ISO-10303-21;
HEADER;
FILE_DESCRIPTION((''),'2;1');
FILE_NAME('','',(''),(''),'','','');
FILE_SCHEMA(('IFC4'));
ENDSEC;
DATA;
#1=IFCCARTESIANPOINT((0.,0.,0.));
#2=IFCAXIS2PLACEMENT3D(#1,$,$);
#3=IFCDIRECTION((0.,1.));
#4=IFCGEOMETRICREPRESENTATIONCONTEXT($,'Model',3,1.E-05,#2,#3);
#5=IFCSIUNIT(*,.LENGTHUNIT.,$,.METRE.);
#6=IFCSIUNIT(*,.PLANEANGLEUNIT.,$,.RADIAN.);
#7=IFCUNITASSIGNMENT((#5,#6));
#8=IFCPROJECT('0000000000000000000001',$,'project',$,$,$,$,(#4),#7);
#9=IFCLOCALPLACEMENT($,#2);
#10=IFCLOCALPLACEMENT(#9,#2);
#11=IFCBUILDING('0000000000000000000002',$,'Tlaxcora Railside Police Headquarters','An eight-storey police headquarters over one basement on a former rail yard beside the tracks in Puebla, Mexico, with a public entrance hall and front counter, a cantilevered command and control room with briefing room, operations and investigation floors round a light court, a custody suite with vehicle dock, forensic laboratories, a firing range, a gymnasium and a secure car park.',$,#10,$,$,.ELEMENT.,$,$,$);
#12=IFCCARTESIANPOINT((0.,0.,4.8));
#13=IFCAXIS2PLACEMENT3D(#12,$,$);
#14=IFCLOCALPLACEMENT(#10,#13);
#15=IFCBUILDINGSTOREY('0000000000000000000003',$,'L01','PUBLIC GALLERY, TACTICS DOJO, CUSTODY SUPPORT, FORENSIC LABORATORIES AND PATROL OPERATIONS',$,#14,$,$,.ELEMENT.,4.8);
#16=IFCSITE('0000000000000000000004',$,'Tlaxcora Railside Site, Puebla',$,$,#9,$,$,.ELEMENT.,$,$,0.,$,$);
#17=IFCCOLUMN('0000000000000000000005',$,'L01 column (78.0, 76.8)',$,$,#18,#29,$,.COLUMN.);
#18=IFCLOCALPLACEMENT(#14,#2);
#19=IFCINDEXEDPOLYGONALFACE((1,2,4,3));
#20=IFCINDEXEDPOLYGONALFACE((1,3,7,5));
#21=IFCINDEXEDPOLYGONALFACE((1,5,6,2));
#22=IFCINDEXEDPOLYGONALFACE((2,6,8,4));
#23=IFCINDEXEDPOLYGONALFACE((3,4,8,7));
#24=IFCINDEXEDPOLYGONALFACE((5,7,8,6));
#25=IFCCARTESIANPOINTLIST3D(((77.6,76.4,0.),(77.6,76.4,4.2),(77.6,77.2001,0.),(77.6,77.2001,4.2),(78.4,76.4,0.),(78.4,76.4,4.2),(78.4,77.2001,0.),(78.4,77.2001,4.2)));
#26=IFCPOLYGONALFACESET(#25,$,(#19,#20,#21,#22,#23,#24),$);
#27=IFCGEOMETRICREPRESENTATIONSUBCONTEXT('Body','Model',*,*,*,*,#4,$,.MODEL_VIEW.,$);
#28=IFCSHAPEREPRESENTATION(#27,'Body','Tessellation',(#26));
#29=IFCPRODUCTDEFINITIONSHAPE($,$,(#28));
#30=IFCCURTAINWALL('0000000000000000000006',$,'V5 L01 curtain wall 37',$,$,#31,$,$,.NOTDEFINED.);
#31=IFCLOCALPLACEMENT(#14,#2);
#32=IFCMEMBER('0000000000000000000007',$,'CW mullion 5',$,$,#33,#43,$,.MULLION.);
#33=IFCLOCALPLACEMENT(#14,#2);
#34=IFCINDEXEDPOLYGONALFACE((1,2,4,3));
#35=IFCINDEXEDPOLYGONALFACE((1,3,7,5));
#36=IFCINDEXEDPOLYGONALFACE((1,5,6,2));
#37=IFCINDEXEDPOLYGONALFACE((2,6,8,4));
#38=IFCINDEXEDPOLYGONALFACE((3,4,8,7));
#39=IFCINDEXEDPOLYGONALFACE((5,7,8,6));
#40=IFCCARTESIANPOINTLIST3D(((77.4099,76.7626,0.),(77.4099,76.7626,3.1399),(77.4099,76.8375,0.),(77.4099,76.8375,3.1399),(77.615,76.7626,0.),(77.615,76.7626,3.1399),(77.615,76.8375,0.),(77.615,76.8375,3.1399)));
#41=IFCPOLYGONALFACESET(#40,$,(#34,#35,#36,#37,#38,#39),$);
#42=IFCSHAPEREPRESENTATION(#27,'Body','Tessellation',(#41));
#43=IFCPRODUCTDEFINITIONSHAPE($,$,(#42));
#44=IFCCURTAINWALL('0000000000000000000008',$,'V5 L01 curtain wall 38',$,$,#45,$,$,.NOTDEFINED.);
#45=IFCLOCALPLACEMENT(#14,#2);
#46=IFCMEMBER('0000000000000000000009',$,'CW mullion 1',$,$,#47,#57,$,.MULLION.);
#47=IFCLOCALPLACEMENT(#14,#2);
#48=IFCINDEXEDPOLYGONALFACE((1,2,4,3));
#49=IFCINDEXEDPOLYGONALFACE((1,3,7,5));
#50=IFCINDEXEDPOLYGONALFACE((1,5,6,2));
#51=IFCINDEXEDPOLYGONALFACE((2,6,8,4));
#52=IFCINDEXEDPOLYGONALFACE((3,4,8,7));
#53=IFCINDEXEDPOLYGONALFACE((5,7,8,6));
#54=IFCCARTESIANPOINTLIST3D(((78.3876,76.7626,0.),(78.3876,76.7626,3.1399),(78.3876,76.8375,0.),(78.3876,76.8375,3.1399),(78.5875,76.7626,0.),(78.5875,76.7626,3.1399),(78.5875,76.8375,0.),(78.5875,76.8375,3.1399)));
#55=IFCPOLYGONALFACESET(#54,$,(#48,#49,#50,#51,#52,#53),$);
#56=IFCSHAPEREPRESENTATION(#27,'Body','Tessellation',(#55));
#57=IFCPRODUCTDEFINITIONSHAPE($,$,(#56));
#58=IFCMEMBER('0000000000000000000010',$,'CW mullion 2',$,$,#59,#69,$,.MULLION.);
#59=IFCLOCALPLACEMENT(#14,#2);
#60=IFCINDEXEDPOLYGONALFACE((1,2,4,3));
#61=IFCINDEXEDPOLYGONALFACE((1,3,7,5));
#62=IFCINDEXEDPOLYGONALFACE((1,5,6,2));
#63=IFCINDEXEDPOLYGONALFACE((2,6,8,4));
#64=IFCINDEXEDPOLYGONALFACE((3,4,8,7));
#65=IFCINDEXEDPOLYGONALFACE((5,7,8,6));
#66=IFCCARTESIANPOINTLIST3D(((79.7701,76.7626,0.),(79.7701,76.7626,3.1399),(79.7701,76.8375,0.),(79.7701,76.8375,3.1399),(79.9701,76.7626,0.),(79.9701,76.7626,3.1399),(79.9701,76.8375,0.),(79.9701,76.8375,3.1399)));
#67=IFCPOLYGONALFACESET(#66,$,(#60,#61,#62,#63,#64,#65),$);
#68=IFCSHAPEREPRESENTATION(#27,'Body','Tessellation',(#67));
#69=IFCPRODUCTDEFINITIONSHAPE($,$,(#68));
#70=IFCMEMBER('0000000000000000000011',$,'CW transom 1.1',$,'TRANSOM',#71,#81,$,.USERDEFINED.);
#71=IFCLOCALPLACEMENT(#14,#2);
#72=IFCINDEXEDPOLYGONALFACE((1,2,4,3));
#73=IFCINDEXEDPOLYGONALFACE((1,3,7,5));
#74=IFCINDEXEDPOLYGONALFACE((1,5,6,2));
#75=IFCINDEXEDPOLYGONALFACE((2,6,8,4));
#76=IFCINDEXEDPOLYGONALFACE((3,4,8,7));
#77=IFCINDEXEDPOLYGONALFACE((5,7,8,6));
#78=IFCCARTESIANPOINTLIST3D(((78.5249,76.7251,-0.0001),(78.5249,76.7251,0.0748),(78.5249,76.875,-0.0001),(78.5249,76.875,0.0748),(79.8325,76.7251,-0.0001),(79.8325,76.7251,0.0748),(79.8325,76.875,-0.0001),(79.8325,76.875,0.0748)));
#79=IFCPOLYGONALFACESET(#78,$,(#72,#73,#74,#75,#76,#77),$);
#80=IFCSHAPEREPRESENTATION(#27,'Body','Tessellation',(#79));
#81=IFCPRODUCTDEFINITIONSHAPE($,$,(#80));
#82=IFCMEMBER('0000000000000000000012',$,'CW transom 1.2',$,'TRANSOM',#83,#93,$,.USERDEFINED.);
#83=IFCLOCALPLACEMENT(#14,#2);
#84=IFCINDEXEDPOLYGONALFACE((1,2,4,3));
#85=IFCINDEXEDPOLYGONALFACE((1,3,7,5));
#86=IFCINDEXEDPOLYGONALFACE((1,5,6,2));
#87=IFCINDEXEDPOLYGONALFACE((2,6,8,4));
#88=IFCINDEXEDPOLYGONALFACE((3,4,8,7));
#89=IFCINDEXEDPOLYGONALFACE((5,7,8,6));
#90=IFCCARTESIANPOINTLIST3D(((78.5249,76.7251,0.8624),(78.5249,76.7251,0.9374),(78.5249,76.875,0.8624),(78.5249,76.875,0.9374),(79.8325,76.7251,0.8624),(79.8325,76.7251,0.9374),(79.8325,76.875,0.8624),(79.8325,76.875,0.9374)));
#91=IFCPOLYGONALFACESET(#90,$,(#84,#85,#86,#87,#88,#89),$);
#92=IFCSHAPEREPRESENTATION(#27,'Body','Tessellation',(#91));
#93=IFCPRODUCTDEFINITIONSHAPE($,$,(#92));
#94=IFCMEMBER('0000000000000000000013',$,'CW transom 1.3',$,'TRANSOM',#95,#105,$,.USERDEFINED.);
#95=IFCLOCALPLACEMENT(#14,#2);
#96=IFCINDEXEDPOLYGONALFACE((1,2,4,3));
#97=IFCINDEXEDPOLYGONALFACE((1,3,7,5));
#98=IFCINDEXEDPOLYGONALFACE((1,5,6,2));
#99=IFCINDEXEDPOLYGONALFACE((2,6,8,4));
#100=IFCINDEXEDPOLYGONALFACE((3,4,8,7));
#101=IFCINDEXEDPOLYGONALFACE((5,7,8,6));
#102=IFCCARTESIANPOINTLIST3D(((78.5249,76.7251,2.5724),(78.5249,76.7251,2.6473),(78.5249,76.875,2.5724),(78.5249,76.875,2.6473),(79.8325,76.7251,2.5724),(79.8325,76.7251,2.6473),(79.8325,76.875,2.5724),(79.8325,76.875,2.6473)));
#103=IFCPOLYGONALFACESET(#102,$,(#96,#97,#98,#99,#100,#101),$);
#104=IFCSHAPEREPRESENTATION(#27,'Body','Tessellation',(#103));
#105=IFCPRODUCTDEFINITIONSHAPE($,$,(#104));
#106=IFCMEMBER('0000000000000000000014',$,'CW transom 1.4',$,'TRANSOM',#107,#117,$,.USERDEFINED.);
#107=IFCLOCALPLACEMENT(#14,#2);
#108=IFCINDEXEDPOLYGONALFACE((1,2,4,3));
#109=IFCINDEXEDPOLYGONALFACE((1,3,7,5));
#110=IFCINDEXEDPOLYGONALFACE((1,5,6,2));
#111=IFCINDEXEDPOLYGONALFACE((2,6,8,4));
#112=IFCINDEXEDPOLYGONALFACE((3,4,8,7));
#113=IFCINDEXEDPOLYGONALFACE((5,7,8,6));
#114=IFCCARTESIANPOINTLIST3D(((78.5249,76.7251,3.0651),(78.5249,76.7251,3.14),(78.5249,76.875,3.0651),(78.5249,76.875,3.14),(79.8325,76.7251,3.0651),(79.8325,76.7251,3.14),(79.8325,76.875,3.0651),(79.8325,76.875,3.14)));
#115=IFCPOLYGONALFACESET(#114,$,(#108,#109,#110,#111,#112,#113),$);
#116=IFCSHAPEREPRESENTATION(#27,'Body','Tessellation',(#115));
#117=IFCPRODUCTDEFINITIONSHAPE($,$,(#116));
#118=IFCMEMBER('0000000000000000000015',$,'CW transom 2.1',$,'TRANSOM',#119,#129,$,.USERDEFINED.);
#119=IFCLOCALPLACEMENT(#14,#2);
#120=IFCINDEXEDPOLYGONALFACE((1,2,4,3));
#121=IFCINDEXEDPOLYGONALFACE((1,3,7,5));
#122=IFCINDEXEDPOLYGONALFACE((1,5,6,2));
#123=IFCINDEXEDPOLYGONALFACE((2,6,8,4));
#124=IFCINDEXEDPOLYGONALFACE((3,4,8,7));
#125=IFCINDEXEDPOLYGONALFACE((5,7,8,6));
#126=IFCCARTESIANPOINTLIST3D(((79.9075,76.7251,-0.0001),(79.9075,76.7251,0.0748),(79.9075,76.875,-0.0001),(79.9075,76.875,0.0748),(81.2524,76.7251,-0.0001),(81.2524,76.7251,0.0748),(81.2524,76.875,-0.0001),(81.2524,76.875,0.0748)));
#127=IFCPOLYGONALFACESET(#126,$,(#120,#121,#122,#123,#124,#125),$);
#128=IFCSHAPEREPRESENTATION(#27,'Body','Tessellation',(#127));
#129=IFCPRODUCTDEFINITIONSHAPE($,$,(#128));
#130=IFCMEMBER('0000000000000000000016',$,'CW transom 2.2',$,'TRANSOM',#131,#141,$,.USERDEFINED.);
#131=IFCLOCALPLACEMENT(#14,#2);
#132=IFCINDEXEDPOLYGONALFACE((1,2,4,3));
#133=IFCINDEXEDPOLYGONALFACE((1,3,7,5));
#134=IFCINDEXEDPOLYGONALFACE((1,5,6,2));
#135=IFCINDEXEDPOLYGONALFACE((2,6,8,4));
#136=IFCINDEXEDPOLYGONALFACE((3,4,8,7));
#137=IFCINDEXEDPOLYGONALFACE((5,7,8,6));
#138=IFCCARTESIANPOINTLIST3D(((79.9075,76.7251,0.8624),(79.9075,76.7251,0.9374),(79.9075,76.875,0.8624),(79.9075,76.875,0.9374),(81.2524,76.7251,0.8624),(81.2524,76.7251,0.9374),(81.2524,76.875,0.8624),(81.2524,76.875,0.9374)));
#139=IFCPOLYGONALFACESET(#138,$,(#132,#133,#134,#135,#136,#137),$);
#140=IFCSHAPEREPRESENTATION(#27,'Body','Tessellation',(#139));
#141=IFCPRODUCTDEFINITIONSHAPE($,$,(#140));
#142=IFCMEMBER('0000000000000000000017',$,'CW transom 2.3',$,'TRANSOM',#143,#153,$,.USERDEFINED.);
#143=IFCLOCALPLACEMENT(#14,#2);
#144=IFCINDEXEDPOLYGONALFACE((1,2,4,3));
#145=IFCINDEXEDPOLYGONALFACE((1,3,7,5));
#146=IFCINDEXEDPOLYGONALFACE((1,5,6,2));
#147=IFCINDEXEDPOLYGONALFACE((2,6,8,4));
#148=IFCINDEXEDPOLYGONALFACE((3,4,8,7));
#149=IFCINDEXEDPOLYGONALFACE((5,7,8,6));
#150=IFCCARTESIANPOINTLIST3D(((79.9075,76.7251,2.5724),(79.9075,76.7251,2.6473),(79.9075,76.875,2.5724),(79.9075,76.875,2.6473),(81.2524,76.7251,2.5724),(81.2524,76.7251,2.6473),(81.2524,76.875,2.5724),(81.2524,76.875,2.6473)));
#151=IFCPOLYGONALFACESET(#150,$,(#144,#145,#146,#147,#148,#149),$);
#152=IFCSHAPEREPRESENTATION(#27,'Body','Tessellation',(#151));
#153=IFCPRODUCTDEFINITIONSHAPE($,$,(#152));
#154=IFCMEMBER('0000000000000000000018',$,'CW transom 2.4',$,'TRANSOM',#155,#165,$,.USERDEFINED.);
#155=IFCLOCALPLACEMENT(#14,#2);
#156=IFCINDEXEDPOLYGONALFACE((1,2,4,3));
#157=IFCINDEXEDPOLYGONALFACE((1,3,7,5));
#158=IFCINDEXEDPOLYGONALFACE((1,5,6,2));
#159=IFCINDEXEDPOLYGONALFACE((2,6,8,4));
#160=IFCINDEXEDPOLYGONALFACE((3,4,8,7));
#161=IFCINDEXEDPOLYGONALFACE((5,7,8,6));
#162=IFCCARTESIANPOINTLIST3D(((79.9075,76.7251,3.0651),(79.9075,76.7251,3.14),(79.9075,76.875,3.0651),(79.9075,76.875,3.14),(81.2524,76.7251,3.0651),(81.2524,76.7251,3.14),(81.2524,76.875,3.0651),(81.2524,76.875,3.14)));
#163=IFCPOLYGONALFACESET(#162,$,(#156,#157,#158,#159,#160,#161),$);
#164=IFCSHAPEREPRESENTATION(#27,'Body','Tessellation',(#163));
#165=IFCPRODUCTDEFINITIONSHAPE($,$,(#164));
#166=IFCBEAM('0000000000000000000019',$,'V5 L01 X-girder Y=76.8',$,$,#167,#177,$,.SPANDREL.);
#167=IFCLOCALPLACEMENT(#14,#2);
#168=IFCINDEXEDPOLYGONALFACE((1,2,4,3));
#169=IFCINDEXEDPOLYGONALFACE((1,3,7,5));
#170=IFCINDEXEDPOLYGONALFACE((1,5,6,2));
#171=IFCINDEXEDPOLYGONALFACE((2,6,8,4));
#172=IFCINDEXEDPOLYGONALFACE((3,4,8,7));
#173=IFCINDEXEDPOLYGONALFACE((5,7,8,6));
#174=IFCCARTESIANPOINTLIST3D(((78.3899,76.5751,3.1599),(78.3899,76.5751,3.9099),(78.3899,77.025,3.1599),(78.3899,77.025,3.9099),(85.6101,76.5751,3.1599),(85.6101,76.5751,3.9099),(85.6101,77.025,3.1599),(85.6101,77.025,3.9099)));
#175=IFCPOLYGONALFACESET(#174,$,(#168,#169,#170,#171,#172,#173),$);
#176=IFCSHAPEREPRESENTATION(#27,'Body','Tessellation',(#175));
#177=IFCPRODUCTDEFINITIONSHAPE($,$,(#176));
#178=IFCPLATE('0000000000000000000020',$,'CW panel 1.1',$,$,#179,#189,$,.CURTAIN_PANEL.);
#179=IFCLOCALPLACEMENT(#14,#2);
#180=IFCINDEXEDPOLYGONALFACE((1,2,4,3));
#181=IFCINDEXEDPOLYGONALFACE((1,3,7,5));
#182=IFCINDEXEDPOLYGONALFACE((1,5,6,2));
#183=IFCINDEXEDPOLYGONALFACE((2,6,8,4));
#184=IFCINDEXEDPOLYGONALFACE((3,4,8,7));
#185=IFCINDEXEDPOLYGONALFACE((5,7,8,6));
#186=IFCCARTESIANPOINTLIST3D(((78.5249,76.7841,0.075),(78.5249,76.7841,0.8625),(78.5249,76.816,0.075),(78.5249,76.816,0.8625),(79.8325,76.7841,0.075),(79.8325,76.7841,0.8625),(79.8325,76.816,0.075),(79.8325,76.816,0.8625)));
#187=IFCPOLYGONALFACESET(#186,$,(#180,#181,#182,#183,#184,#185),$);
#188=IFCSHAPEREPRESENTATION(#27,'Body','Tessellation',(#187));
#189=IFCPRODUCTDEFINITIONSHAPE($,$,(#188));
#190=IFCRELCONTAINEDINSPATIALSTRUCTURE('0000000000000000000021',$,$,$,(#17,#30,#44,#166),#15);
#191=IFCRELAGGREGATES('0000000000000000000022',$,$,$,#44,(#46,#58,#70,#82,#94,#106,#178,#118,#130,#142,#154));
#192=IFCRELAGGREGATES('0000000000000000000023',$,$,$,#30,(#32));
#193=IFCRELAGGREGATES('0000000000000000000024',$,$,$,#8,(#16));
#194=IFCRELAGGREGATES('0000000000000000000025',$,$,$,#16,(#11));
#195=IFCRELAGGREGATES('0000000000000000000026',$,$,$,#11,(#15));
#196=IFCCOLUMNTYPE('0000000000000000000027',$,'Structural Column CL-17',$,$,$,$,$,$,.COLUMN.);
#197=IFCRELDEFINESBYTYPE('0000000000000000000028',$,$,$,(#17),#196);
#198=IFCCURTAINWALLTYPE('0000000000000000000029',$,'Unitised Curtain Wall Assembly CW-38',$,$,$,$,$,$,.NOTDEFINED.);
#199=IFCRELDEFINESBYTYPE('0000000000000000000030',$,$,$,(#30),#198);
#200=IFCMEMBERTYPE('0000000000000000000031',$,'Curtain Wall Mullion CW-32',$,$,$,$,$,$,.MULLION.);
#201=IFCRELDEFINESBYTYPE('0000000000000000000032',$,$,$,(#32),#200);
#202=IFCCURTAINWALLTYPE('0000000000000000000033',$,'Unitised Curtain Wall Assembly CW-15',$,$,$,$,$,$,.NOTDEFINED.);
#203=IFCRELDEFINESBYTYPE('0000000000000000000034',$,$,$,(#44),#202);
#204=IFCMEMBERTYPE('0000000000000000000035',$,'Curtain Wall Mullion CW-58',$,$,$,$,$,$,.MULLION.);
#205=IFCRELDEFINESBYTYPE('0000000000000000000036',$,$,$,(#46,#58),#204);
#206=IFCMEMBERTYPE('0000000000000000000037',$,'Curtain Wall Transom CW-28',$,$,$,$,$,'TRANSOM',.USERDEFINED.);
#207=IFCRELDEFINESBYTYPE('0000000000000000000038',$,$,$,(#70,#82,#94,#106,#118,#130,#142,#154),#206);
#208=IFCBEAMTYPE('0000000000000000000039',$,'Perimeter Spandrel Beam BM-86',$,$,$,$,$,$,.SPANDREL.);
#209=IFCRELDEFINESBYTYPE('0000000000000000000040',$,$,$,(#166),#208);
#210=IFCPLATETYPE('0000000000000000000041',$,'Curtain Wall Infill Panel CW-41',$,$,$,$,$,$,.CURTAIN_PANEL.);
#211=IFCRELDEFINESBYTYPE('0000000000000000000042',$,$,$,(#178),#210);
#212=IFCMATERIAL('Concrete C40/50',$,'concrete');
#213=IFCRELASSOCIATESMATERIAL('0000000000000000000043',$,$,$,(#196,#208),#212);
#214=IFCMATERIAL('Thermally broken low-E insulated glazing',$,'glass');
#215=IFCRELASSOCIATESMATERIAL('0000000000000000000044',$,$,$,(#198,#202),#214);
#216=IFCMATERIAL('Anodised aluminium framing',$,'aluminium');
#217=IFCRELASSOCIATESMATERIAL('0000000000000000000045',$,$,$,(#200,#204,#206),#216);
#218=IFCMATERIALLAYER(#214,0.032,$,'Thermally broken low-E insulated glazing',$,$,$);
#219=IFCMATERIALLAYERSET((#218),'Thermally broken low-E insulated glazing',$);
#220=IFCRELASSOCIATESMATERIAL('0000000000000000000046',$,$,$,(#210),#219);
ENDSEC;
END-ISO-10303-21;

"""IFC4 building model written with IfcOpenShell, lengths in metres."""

from ifc_helpers import new_model, si_unit, direction, frame, origin, origin_2d, place, context, subcontext, project, spatial, rectangle, extrude, material, layer, layer_set, material_profile, profile_set, type_object, element, aggregate, save


model = new_model("IFC4")

# Units and contexts
model_context = context("Model", 3, precision=1e-05, world=origin(), true_north=direction((0.0, 1.0)))
body_context = subcontext(model_context, "Body", "Model", "MODEL_VIEW")
ifc_project = project(units=[si_unit("LENGTHUNIT", "METRE"), si_unit("PLANEANGLEUNIT", "RADIAN")], contexts=[model_context])

# Site, building, storey
site_placement = place(None, origin())
site = spatial("IfcSite", under=ifc_project, at=site_placement, Name="Tlaxcora Railside Site, Puebla", CompositionType="ELEMENT", RefElevation=0.0)
building_placement = place(site_placement, origin())
building = spatial("IfcBuilding", under=site, at=building_placement, Name="Tlaxcora Railside Police Headquarters", Description="An eight-storey police headquarters over one basement on a former rail yard beside the tracks in Puebla, Mexico, with a public entrance hall and front counter, a cantilevered command and control room with briefing room, operations and investigation floors round a light court, a custody suite with vehicle dock, forensic laboratories, a firing range, a gymnasium and a secure car park.", CompositionType="ELEMENT")
storey_placement = place(building_placement, frame((0.0, 0.0, 4.8)))
storey = spatial("IfcBuildingStorey", under=building, at=storey_placement, Name="L01", Description="PUBLIC GALLERY, TACTICS DOJO, CUSTODY SUPPORT, FORENSIC LABORATORIES AND PATROL OPERATIONS", CompositionType="ELEMENT", Elevation=4.8)

# Column
ifc_material_1 = material(Name="Concrete C40/50", Category="concrete")
ifc_material_profile_1 = material_profile(ifc_material_1, rectangle(XDim=0.8, YDim=0.8, at=origin_2d()), Name="RC800X800")
ifc_profile_set_1 = profile_set([ifc_material_profile_1], Name="Concrete C40/50")
column_type = type_object("IfcColumnType", Name="Structural Column CL-17", PredefinedType="COLUMN", material=ifc_profile_set_1)
column_placement = place(storey_placement, frame((78.0, 76.8, 0.0), z_axis=(0.0, 0.0, 1.0), x_axis=(1.0, 0.0, 0.0)))
element("IfcColumn", 1, at=column_placement, inside=storey, type_object=column_type, Name="L01 column (78.0, 76.8)", PredefinedType="COLUMN", context=body_context, shape_type="SweptSolid", body=[
    extrude(rectangle(XDim=0.8, YDim=0.8, at=origin_2d()), origin(), (0.0, 0.0, 1.0), 4.2),
])

# Curtain wall, member
ifc_material_2 = material(Name="Thermally broken low-E insulated glazing", Category="glass")
curtain_wall_type_1 = type_object("IfcCurtainWallType", Name="Unitised Curtain Wall Assembly CW-38", PredefinedType="NOTDEFINED", material=ifc_material_2)
curtain_wall_1_placement = place(storey_placement, origin())
curtain_wall_1 = element("IfcCurtainWall", 2, at=curtain_wall_1_placement, inside=storey, type_object=curtain_wall_type_1, Name="V5 L01 curtain wall 37", PredefinedType="NOTDEFINED")
ifc_material_3 = material(Name="Anodised aluminium framing", Category="aluminium")
ifc_material_profile_2 = material_profile(ifc_material_3, rectangle(XDim=0.075, YDim=0.2051, at=origin_2d()), Name="AL75X205")
ifc_profile_set_2 = profile_set([ifc_material_profile_2], Name="Anodised aluminium framing")
member_type_1 = type_object("IfcMemberType", Name="Curtain Wall Mullion CW-32", PredefinedType="MULLION", material=ifc_profile_set_2)
member_1_placement = place(storey_placement, frame((77.5125, 76.8, 0.0), z_axis=(0.0, 0.0, 1.0), x_axis=(0.0, 1.0, 0.0)))
member_1 = element("IfcMember", 3, at=member_1_placement, type_object=member_type_1, Name="CW mullion 5", PredefinedType="MULLION", context=body_context, shape_type="SweptSolid", body=[
    extrude(rectangle(XDim=0.075, YDim=0.2051, at=origin_2d()), origin(), (0.0, 0.0, 1.0), 3.1399),
])

# Curtain wall, members
curtain_wall_type_2 = type_object("IfcCurtainWallType", Name="Unitised Curtain Wall Assembly CW-15", PredefinedType="NOTDEFINED", material=ifc_material_2)
curtain_wall_2_placement = place(storey_placement, origin())
curtain_wall_2 = element("IfcCurtainWall", 4, at=curtain_wall_2_placement, inside=storey, type_object=curtain_wall_type_2, Name="V5 L01 curtain wall 38", PredefinedType="NOTDEFINED")
ifc_material_profile_3 = material_profile(ifc_material_3, rectangle(XDim=0.075, YDim=0.2, at=origin_2d()), Name="AL75X200")
ifc_profile_set_3 = profile_set([ifc_material_profile_3], Name="Anodised aluminium framing")
member_type_2 = type_object("IfcMemberType", Name="Curtain Wall Mullion CW-58", PredefinedType="MULLION", material=ifc_profile_set_3)
member_2_placement = place(storey_placement, frame((78.4875, 76.8, 0.0), z_axis=(0.0, 0.0, 1.0), x_axis=(0.0, 1.0, 0.0)))
member_2 = element("IfcMember", 5, at=member_2_placement, type_object=member_type_2, Name="CW mullion 1", PredefinedType="MULLION", context=body_context, shape_type="SweptSolid", body=[
    extrude(rectangle(XDim=0.075, YDim=0.2, at=origin_2d()), origin(), (0.0, 0.0, 1.0), 3.1399),
])
member_3_placement = place(storey_placement, frame((79.8701, 76.8, 0.0), z_axis=(0.0, 0.0, 1.0), x_axis=(0.0, 1.0, 0.0)))
member_3 = element("IfcMember", 6, at=member_3_placement, type_object=member_type_2, Name="CW mullion 2", PredefinedType="MULLION", context=body_context, shape_type="SweptSolid", body=[
    extrude(rectangle(XDim=0.075, YDim=0.2, at=origin_2d()), origin(), (0.0, 0.0, 1.0), 3.1399),
])
ifc_material_profile_4 = material_profile(ifc_material_3, rectangle(XDim=0.1499, YDim=0.075, at=origin_2d()), Name="AL75X150")
ifc_profile_set_4 = profile_set([ifc_material_profile_4], Name="Anodised aluminium framing")
member_type_3 = type_object("IfcMemberType", Name="Curtain Wall Transom CW-28", ElementType="TRANSOM", PredefinedType="USERDEFINED", material=ifc_profile_set_4)
member_4_placement = place(storey_placement, frame((78.5249, 76.8, 0.0374), z_axis=(1.0, 0.0, 0.0), x_axis=(0.0, 1.0, 0.0)))
member_4 = element("IfcMember", 7, at=member_4_placement, type_object=member_type_3, Name="CW transom 1.1", ObjectType="TRANSOM", PredefinedType="USERDEFINED", context=body_context, shape_type="SweptSolid", body=[
    extrude(rectangle(XDim=0.1499, YDim=0.075, at=origin_2d()), origin(), (0.0, 0.0, 1.0), 1.3076),
])
member_5_placement = place(storey_placement, frame((78.5249, 76.8, 0.8999), z_axis=(1.0, 0.0, 0.0), x_axis=(0.0, 1.0, 0.0)))
member_5 = element("IfcMember", 8, at=member_5_placement, type_object=member_type_3, Name="CW transom 1.2", ObjectType="TRANSOM", PredefinedType="USERDEFINED", context=body_context, shape_type="SweptSolid", body=[
    extrude(rectangle(XDim=0.1499, YDim=0.075, at=origin_2d()), origin(), (0.0, 0.0, 1.0), 1.3076),
])
member_6_placement = place(storey_placement, frame((78.5249, 76.8, 2.6099), z_axis=(1.0, 0.0, 0.0), x_axis=(0.0, 1.0, 0.0)))
member_6 = element("IfcMember", 9, at=member_6_placement, type_object=member_type_3, Name="CW transom 1.3", ObjectType="TRANSOM", PredefinedType="USERDEFINED", context=body_context, shape_type="SweptSolid", body=[
    extrude(rectangle(XDim=0.1499, YDim=0.075, at=origin_2d()), origin(), (0.0, 0.0, 1.0), 1.3076),
])
member_7_placement = place(storey_placement, frame((78.5249, 76.8, 3.1025), z_axis=(1.0, 0.0, 0.0), x_axis=(0.0, 1.0, 0.0)))
member_7 = element("IfcMember", 10, at=member_7_placement, type_object=member_type_3, Name="CW transom 1.4", ObjectType="TRANSOM", PredefinedType="USERDEFINED", context=body_context, shape_type="SweptSolid", body=[
    extrude(rectangle(XDim=0.1499, YDim=0.075, at=origin_2d()), origin(), (0.0, 0.0, 1.0), 1.3076),
])
member_8_placement = place(storey_placement, frame((79.9075, 76.8, 0.0374), z_axis=(1.0, 0.0, 0.0), x_axis=(0.0, 1.0, 0.0)))
member_8 = element("IfcMember", 11, at=member_8_placement, type_object=member_type_3, Name="CW transom 2.1", ObjectType="TRANSOM", PredefinedType="USERDEFINED", context=body_context, shape_type="SweptSolid", body=[
    extrude(rectangle(XDim=0.1499, YDim=0.075, at=origin_2d()), origin(), (0.0, 0.0, 1.0), 1.345),
])
member_9_placement = place(storey_placement, frame((79.9075, 76.8, 0.8999), z_axis=(1.0, 0.0, 0.0), x_axis=(0.0, 1.0, 0.0)))
member_9 = element("IfcMember", 12, at=member_9_placement, type_object=member_type_3, Name="CW transom 2.2", ObjectType="TRANSOM", PredefinedType="USERDEFINED", context=body_context, shape_type="SweptSolid", body=[
    extrude(rectangle(XDim=0.1499, YDim=0.075, at=origin_2d()), origin(), (0.0, 0.0, 1.0), 1.345),
])
member_10_placement = place(storey_placement, frame((79.9075, 76.8, 2.6099), z_axis=(1.0, 0.0, 0.0), x_axis=(0.0, 1.0, 0.0)))
member_10 = element("IfcMember", 13, at=member_10_placement, type_object=member_type_3, Name="CW transom 2.3", ObjectType="TRANSOM", PredefinedType="USERDEFINED", context=body_context, shape_type="SweptSolid", body=[
    extrude(rectangle(XDim=0.1499, YDim=0.075, at=origin_2d()), origin(), (0.0, 0.0, 1.0), 1.345),
])
member_11_placement = place(storey_placement, frame((79.9075, 76.8, 3.1025), z_axis=(1.0, 0.0, 0.0), x_axis=(0.0, 1.0, 0.0)))
member_11 = element("IfcMember", 14, at=member_11_placement, type_object=member_type_3, Name="CW transom 2.4", ObjectType="TRANSOM", PredefinedType="USERDEFINED", context=body_context, shape_type="SweptSolid", body=[
    extrude(rectangle(XDim=0.1499, YDim=0.075, at=origin_2d()), origin(), (0.0, 0.0, 1.0), 1.345),
])

# Beam
ifc_material_profile_5 = material_profile(ifc_material_1, rectangle(XDim=0.45, YDim=0.75, at=origin_2d()), Name="RC450X750")
ifc_profile_set_5 = profile_set([ifc_material_profile_5], Name="Concrete C40/50")
beam_type = type_object("IfcBeamType", Name="Perimeter Spandrel Beam BM-86", PredefinedType="SPANDREL", material=ifc_profile_set_5)
beam_placement = place(storey_placement, frame((78.3899, 76.8, 3.5349), z_axis=(1.0, 0.0, 0.0), x_axis=(0.0, 1.0, 0.0)))
element("IfcBeam", 15, at=beam_placement, inside=storey, type_object=beam_type, Name="V5 L01 X-girder Y=76.8", PredefinedType="SPANDREL", context=body_context, shape_type="SweptSolid", body=[
    extrude(rectangle(XDim=0.45, YDim=0.75, at=origin_2d()), origin(), (0.0, 0.0, 1.0), 7.2202),
])

# Plate
ifc_layer_1 = layer(ifc_material_2, 0.032, Name="Thermally broken low-E insulated glazing")
ifc_layer_set_1 = layer_set([ifc_layer_1], Name="Thermally broken low-E insulated glazing")
plate_type_1 = type_object("IfcPlateType", Name="Curtain Wall Infill Panel CW-41", PredefinedType="CURTAIN_PANEL", material=ifc_layer_set_1)
plate_1_placement = place(storey_placement, frame((79.1787, 76.8, 0.075), z_axis=(0.0, 0.0, 1.0), x_axis=(1.0, 0.0, 0.0)))
plate_1 = element("IfcPlate", 16, at=plate_1_placement, type_object=plate_type_1, Name="CW panel 1.1", PredefinedType="CURTAIN_PANEL", context=body_context, shape_type="SweptSolid", body=[
    extrude(rectangle(XDim=1.3076, YDim=0.032, at=origin_2d()), origin(), (0.0, 0.0, 1.0), 0.7876),
])
aggregate(curtain_wall_2, [member_2, member_3, member_4, member_5, member_6, member_7, plate_1, member_8, member_9, member_10, member_11])
aggregate(curtain_wall_1, [member_1])

save(model, "model.ifc")
